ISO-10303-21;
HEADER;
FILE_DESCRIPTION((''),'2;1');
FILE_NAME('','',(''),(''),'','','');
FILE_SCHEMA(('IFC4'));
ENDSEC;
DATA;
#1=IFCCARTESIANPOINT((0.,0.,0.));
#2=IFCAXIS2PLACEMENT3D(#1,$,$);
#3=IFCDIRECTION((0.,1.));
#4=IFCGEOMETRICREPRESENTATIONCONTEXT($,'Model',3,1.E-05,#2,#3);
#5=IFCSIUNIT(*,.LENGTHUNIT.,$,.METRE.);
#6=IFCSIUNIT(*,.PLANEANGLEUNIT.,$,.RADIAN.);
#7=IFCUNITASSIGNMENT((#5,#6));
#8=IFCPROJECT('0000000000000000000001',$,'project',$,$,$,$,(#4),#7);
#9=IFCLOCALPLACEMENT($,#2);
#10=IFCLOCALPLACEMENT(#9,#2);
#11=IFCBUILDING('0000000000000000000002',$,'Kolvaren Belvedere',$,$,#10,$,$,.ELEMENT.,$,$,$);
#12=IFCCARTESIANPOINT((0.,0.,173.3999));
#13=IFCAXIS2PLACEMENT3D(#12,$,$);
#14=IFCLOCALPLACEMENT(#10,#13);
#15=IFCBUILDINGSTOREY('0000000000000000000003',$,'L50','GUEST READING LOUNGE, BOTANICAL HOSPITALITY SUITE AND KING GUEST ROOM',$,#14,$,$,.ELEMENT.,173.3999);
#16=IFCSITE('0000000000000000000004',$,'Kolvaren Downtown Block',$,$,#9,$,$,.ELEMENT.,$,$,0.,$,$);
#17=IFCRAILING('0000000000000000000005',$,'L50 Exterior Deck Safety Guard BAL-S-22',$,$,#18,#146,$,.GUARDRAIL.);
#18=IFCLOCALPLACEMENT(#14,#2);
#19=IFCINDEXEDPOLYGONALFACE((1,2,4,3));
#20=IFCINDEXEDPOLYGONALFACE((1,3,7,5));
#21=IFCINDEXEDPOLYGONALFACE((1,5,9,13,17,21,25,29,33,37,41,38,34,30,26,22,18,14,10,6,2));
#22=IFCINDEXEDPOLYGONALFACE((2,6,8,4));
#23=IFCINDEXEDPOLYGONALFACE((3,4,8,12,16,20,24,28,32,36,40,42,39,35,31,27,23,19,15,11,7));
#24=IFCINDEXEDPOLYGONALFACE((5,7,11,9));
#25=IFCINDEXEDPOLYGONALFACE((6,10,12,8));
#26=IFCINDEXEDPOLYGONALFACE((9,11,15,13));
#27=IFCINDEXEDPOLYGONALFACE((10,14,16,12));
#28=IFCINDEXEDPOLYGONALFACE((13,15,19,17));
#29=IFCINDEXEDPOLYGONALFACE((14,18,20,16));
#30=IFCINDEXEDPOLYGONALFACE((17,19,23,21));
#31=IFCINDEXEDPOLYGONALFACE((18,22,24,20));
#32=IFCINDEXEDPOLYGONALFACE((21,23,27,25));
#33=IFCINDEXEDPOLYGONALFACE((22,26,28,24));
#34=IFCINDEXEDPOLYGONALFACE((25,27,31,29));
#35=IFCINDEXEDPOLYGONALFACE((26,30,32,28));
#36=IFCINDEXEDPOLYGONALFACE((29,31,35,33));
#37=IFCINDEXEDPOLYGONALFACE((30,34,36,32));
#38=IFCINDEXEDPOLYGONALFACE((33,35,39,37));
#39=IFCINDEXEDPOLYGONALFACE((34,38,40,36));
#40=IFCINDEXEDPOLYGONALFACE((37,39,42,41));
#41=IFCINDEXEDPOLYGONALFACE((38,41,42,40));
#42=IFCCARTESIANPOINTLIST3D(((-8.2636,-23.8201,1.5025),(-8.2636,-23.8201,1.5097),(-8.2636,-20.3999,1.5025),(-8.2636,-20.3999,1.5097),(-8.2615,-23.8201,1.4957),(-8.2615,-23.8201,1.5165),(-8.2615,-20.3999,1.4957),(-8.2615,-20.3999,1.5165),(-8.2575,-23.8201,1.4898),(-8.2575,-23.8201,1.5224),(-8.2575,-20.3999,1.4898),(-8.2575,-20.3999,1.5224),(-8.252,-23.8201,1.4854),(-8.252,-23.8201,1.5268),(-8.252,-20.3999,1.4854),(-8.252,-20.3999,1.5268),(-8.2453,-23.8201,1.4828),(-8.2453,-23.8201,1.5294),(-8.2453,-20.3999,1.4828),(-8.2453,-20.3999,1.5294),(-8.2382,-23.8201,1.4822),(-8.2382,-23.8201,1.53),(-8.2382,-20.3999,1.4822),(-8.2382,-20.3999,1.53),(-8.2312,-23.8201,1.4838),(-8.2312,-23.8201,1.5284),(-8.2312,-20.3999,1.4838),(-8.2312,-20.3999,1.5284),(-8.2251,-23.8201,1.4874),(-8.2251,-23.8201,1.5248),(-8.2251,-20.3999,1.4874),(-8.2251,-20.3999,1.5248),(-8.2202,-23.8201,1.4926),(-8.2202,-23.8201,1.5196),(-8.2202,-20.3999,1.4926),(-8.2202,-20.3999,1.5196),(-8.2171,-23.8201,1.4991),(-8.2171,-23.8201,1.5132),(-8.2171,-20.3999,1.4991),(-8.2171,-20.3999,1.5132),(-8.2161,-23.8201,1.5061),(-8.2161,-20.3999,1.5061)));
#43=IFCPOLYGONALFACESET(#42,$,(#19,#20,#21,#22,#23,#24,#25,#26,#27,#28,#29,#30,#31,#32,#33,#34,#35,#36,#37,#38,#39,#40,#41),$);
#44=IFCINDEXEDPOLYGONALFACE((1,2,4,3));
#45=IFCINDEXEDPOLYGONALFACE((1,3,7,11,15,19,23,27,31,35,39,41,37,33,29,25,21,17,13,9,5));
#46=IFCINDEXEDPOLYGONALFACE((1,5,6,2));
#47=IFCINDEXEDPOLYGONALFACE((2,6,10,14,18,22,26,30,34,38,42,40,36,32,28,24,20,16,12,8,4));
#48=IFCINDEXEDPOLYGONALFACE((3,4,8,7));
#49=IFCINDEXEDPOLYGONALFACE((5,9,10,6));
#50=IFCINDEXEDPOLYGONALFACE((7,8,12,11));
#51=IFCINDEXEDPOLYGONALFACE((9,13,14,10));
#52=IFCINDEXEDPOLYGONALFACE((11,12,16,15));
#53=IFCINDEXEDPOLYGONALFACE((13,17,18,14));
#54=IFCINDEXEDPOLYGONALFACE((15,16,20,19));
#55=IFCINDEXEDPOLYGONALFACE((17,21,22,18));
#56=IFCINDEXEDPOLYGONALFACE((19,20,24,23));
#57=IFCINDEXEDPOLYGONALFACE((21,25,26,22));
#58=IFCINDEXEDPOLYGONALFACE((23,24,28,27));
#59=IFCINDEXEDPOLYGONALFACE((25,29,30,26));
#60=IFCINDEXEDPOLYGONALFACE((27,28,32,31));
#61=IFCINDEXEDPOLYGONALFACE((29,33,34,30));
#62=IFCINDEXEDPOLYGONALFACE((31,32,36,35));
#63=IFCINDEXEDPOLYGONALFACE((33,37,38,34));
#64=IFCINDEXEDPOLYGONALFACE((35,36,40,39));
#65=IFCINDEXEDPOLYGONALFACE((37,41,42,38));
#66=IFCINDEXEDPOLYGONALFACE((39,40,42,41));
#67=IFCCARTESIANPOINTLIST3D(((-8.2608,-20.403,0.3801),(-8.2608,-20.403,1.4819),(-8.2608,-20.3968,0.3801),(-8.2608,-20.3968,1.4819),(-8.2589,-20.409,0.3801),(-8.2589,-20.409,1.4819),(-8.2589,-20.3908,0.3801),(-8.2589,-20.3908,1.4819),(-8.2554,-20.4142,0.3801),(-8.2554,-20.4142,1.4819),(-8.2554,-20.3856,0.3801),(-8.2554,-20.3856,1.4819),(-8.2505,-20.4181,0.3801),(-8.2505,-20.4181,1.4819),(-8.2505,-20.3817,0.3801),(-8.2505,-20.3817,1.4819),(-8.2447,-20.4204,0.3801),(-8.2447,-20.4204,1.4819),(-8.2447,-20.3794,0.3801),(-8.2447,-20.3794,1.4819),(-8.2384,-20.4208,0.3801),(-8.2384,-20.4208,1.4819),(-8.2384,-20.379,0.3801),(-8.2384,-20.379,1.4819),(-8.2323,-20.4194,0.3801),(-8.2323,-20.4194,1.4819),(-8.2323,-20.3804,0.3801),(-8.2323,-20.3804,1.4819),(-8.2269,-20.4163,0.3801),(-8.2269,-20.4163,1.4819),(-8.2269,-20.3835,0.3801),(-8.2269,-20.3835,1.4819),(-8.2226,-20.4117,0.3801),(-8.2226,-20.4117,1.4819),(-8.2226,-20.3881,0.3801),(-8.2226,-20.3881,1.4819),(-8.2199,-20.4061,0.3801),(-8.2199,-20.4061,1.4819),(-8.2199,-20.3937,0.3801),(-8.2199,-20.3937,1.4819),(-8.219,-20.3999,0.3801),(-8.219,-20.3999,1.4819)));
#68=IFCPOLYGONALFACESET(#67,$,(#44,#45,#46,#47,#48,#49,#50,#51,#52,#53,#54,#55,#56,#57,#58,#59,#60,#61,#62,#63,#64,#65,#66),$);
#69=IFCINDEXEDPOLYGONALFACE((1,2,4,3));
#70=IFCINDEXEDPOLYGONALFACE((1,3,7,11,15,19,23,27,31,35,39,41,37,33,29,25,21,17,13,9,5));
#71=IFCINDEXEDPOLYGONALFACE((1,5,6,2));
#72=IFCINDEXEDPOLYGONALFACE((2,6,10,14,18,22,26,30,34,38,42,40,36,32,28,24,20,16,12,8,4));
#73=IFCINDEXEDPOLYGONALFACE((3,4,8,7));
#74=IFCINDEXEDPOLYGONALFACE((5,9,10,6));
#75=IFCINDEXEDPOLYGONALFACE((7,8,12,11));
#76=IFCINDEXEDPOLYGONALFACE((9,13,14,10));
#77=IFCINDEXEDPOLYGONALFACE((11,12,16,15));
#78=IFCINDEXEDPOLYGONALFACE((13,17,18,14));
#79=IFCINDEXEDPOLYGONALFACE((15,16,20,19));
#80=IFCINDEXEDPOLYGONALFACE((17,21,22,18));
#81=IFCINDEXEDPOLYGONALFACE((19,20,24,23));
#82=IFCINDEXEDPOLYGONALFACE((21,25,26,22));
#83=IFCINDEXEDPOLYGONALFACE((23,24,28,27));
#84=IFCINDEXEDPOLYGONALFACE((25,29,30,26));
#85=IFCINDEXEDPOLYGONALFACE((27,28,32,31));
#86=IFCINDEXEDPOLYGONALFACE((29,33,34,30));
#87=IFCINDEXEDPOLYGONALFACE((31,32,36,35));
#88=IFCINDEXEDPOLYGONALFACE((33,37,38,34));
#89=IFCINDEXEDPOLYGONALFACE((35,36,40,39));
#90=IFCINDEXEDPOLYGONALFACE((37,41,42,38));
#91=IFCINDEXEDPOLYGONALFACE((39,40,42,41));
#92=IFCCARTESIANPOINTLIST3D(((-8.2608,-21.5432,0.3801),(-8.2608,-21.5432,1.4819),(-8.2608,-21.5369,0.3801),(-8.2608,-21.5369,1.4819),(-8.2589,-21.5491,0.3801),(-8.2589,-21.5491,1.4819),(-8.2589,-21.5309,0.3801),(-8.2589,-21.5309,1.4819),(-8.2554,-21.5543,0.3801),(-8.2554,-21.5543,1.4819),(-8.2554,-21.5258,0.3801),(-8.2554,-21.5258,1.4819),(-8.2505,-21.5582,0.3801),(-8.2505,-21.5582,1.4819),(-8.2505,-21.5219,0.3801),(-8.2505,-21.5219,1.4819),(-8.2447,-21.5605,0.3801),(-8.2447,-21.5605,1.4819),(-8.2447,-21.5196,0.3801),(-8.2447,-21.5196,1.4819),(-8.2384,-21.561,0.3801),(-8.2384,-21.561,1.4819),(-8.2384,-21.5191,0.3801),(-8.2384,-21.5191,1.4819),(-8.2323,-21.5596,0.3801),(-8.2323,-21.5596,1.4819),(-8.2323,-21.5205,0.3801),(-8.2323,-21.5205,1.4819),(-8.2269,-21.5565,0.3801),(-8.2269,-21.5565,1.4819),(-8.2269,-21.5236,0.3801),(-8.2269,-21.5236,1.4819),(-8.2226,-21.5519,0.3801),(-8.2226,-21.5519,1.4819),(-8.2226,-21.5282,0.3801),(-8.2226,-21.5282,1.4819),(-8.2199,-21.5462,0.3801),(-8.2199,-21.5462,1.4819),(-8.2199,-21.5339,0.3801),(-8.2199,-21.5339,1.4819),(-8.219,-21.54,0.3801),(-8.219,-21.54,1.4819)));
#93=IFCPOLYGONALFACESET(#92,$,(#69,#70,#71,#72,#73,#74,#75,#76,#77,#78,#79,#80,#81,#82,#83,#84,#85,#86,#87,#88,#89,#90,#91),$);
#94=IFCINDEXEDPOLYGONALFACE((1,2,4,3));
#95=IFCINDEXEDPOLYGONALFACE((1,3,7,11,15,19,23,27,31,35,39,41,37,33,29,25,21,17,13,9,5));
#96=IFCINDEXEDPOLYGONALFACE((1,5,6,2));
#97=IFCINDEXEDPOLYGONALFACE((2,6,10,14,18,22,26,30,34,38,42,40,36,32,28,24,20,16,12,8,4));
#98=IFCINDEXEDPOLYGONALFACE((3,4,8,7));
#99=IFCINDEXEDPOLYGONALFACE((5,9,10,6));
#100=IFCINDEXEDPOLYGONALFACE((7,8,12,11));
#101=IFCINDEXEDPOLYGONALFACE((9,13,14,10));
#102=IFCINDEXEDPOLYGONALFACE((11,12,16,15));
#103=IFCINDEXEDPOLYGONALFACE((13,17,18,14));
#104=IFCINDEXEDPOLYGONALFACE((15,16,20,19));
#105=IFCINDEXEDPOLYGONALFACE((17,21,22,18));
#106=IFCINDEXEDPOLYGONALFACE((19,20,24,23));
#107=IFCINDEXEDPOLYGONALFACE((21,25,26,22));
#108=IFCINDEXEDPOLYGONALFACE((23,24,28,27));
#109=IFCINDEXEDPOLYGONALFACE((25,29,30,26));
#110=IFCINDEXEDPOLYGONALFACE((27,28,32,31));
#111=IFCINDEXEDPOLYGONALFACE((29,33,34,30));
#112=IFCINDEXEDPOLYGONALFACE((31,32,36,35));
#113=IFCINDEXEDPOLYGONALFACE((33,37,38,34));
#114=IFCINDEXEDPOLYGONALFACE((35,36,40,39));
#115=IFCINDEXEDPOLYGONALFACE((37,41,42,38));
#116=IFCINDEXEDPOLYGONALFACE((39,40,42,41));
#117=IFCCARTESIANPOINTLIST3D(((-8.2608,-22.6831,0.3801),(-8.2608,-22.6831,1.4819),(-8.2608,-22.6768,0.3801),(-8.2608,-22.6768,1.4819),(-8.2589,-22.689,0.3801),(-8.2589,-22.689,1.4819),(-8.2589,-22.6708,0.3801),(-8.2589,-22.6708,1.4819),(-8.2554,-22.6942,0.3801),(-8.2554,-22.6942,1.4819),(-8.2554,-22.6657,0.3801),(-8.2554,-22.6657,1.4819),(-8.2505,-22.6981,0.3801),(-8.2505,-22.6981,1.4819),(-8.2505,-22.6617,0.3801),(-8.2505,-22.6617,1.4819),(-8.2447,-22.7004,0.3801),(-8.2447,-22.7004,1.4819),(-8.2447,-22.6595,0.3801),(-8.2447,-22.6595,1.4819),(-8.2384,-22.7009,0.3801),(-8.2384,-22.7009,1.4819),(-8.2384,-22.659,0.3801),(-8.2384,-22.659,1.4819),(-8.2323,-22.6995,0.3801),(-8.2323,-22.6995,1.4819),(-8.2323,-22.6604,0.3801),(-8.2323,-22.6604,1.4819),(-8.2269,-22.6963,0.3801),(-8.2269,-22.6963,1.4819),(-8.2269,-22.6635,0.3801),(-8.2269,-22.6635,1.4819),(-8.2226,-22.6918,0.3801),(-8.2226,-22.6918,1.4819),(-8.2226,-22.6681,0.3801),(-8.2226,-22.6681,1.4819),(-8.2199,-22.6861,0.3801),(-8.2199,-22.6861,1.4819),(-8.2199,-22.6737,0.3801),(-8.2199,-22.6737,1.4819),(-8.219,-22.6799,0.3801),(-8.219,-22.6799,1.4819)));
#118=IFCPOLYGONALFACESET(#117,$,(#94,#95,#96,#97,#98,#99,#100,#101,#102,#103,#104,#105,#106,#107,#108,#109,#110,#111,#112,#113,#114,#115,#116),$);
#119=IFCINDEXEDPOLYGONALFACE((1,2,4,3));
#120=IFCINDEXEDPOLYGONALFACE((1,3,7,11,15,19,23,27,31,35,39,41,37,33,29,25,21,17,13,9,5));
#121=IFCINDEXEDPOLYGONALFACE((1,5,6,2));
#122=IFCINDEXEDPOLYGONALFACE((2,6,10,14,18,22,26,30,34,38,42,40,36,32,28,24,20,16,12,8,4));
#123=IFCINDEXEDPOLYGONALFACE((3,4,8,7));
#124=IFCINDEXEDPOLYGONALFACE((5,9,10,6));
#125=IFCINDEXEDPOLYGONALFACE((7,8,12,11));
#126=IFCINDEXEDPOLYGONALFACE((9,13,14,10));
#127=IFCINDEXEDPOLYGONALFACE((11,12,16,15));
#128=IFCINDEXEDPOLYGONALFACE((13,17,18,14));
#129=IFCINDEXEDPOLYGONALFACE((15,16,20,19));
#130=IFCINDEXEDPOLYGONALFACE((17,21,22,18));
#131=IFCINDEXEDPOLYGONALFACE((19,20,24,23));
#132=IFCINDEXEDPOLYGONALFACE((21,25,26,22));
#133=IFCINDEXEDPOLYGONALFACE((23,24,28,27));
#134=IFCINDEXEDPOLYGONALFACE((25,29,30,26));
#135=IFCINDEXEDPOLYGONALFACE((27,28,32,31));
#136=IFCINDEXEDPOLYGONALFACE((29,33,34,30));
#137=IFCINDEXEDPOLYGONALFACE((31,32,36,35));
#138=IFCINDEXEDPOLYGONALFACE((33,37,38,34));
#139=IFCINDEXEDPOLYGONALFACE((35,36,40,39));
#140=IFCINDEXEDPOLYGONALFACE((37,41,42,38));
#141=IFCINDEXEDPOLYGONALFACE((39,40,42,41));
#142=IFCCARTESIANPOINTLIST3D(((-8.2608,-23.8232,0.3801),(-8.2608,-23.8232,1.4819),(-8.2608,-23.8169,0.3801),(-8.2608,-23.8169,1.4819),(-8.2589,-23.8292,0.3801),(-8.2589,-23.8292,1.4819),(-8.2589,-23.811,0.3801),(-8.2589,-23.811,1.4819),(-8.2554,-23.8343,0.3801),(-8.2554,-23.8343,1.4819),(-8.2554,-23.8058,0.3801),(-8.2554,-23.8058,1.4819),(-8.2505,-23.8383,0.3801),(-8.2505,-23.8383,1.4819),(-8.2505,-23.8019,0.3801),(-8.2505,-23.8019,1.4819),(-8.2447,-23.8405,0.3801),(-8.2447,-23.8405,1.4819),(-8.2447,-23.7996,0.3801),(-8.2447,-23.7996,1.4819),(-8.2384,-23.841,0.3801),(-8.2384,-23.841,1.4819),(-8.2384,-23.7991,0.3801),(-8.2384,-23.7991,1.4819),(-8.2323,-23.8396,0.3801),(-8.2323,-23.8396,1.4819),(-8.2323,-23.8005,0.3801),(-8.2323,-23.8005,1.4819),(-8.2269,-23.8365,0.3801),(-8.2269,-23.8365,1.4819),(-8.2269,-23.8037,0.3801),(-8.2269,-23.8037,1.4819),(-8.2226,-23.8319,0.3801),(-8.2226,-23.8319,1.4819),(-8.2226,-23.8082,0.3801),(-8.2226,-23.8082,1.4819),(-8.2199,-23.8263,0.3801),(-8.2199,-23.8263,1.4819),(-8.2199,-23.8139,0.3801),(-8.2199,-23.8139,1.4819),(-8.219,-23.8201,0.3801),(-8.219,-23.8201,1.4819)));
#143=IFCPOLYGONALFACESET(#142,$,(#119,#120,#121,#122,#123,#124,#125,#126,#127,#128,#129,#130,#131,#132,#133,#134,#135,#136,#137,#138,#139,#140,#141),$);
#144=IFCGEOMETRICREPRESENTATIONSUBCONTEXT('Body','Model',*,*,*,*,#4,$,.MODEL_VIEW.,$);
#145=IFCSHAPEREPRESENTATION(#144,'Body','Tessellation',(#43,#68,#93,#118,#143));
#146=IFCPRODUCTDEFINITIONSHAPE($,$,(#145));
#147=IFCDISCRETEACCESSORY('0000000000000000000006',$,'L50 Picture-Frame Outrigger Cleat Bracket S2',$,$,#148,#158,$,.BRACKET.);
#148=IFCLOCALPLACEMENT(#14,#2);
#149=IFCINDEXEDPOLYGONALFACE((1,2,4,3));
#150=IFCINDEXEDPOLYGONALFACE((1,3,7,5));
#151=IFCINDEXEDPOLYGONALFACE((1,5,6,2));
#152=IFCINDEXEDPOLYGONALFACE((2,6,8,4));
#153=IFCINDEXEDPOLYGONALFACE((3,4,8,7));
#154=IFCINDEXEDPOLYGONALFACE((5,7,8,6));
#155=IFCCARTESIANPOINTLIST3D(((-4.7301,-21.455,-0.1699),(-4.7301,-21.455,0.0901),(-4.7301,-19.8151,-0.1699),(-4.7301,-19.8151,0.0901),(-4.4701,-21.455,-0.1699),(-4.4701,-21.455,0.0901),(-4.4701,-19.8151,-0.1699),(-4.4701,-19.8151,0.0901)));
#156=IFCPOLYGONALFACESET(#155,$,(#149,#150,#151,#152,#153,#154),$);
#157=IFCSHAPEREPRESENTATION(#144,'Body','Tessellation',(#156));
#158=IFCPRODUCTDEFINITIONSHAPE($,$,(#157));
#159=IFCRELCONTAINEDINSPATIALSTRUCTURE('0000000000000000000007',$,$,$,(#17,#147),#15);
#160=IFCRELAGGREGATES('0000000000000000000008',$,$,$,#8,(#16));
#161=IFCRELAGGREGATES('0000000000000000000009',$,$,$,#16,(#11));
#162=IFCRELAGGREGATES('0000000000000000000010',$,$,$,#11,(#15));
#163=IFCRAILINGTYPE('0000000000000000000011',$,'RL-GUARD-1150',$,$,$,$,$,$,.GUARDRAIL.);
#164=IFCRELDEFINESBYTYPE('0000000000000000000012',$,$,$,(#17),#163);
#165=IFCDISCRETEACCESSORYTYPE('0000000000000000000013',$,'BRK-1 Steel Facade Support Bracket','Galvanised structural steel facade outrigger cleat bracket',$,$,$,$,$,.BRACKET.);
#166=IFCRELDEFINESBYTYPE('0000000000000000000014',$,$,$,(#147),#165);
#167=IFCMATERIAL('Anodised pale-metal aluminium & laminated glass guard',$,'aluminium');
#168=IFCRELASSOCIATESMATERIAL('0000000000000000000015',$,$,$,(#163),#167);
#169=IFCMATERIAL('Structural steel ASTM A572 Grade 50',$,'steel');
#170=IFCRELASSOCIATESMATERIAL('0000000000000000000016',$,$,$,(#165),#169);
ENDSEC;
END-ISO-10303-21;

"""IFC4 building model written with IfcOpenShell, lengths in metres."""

from ifc_helpers import new_model, si_unit, direction, frame, origin, origin_2d, place, context, subcontext, project, spatial, rectangle, circle, extrude, material, type_object, element, save


model = new_model("IFC4")

# Units and contexts
model_context = context("Model", 3, precision=1e-05, world=origin(), true_north=direction((0.0, 1.0)))
body_context = subcontext(model_context, "Body", "Model", "MODEL_VIEW")
ifc_project = project(units=[si_unit("LENGTHUNIT", "METRE"), si_unit("PLANEANGLEUNIT", "RADIAN")], contexts=[model_context])

# Site, building, storey
site_placement = place(None, origin())
site = spatial("IfcSite", under=ifc_project, at=site_placement, Name="Kolvaren Downtown Block", CompositionType="ELEMENT", RefElevation=0.0)
building_placement = place(site_placement, origin())
building = spatial("IfcBuilding", under=site, at=building_placement, Name="Kolvaren Belvedere", CompositionType="ELEMENT")
storey_placement = place(building_placement, frame((0.0, 0.0, 173.3999)))
storey = spatial("IfcBuildingStorey", under=building, at=storey_placement, Name="L50", Description="GUEST READING LOUNGE, BOTANICAL HOSPITALITY SUITE AND KING GUEST ROOM", CompositionType="ELEMENT", Elevation=173.3999)

# Railing
ifc_material_1 = material(Name="Anodised pale-metal aluminium & laminated glass guard", Category="aluminium")
railing_type = type_object("IfcRailingType", Name="RL-GUARD-1150", PredefinedType="GUARDRAIL", material=ifc_material_1)
railing_1_placement = place(storey_placement, frame((-8.24, -20.3999, 0.3801)))
element("IfcRailing", 1, at=railing_1_placement, inside=storey, type_object=railing_type, Name="L50 Exterior Deck Safety Guard BAL-S-22", PredefinedType="GUARDRAIL", context=body_context, shape_type="SweptSolid", body=[
    extrude(circle(Radius=0.0239, at=origin_2d()), frame((0.0, 0.0, 1.126), z_axis=(0.0, -1.0, 0.0), x_axis=(1.0, 0.0, 0.0)), (0.0, 0.0, 1.0), 3.4202),
    extrude(circle(Radius=0.021, at=origin_2d()), origin(), (0.0, 0.0, 1.0), 1.1018),
    extrude(circle(Radius=0.021, at=origin_2d()), frame((0.0, -1.1401, 0.0)), (0.0, 0.0, 1.0), 1.1018),
    extrude(circle(Radius=0.021, at=origin_2d()), frame((0.0, -2.28, 0.0)), (0.0, 0.0, 1.0), 1.1018),
    extrude(circle(Radius=0.021, at=origin_2d()), frame((0.0, -3.4202, 0.0)), (0.0, 0.0, 1.0), 1.1018),
])

# Discrete accessory
ifc_material_2 = material(Name="Structural steel ASTM A572 Grade 50", Category="steel")
discrete_accessory_type = type_object("IfcDiscreteAccessoryType", Name="BRK-1 Steel Facade Support Bracket", Description="Galvanised structural steel facade outrigger cleat bracket", PredefinedType="BRACKET", material=ifc_material_2)
discrete_accessory_placement = place(storey_placement, frame((-4.6001, -20.635, -0.1699), z_axis=(0.0, 0.0, 1.0), x_axis=(0.0, 1.0, 0.0)))
element("IfcDiscreteAccessory", 2, at=discrete_accessory_placement, inside=storey, type_object=discrete_accessory_type, Name="L50 Picture-Frame Outrigger Cleat Bracket S2", PredefinedType="BRACKET", context=body_context, shape_type="SweptSolid", body=[
    extrude(rectangle(XDim=1.6399, YDim=0.26, at=origin_2d()), origin(), (0.0, 0.0, 1.0), 0.26),
])

save(model, "model.ifc")
